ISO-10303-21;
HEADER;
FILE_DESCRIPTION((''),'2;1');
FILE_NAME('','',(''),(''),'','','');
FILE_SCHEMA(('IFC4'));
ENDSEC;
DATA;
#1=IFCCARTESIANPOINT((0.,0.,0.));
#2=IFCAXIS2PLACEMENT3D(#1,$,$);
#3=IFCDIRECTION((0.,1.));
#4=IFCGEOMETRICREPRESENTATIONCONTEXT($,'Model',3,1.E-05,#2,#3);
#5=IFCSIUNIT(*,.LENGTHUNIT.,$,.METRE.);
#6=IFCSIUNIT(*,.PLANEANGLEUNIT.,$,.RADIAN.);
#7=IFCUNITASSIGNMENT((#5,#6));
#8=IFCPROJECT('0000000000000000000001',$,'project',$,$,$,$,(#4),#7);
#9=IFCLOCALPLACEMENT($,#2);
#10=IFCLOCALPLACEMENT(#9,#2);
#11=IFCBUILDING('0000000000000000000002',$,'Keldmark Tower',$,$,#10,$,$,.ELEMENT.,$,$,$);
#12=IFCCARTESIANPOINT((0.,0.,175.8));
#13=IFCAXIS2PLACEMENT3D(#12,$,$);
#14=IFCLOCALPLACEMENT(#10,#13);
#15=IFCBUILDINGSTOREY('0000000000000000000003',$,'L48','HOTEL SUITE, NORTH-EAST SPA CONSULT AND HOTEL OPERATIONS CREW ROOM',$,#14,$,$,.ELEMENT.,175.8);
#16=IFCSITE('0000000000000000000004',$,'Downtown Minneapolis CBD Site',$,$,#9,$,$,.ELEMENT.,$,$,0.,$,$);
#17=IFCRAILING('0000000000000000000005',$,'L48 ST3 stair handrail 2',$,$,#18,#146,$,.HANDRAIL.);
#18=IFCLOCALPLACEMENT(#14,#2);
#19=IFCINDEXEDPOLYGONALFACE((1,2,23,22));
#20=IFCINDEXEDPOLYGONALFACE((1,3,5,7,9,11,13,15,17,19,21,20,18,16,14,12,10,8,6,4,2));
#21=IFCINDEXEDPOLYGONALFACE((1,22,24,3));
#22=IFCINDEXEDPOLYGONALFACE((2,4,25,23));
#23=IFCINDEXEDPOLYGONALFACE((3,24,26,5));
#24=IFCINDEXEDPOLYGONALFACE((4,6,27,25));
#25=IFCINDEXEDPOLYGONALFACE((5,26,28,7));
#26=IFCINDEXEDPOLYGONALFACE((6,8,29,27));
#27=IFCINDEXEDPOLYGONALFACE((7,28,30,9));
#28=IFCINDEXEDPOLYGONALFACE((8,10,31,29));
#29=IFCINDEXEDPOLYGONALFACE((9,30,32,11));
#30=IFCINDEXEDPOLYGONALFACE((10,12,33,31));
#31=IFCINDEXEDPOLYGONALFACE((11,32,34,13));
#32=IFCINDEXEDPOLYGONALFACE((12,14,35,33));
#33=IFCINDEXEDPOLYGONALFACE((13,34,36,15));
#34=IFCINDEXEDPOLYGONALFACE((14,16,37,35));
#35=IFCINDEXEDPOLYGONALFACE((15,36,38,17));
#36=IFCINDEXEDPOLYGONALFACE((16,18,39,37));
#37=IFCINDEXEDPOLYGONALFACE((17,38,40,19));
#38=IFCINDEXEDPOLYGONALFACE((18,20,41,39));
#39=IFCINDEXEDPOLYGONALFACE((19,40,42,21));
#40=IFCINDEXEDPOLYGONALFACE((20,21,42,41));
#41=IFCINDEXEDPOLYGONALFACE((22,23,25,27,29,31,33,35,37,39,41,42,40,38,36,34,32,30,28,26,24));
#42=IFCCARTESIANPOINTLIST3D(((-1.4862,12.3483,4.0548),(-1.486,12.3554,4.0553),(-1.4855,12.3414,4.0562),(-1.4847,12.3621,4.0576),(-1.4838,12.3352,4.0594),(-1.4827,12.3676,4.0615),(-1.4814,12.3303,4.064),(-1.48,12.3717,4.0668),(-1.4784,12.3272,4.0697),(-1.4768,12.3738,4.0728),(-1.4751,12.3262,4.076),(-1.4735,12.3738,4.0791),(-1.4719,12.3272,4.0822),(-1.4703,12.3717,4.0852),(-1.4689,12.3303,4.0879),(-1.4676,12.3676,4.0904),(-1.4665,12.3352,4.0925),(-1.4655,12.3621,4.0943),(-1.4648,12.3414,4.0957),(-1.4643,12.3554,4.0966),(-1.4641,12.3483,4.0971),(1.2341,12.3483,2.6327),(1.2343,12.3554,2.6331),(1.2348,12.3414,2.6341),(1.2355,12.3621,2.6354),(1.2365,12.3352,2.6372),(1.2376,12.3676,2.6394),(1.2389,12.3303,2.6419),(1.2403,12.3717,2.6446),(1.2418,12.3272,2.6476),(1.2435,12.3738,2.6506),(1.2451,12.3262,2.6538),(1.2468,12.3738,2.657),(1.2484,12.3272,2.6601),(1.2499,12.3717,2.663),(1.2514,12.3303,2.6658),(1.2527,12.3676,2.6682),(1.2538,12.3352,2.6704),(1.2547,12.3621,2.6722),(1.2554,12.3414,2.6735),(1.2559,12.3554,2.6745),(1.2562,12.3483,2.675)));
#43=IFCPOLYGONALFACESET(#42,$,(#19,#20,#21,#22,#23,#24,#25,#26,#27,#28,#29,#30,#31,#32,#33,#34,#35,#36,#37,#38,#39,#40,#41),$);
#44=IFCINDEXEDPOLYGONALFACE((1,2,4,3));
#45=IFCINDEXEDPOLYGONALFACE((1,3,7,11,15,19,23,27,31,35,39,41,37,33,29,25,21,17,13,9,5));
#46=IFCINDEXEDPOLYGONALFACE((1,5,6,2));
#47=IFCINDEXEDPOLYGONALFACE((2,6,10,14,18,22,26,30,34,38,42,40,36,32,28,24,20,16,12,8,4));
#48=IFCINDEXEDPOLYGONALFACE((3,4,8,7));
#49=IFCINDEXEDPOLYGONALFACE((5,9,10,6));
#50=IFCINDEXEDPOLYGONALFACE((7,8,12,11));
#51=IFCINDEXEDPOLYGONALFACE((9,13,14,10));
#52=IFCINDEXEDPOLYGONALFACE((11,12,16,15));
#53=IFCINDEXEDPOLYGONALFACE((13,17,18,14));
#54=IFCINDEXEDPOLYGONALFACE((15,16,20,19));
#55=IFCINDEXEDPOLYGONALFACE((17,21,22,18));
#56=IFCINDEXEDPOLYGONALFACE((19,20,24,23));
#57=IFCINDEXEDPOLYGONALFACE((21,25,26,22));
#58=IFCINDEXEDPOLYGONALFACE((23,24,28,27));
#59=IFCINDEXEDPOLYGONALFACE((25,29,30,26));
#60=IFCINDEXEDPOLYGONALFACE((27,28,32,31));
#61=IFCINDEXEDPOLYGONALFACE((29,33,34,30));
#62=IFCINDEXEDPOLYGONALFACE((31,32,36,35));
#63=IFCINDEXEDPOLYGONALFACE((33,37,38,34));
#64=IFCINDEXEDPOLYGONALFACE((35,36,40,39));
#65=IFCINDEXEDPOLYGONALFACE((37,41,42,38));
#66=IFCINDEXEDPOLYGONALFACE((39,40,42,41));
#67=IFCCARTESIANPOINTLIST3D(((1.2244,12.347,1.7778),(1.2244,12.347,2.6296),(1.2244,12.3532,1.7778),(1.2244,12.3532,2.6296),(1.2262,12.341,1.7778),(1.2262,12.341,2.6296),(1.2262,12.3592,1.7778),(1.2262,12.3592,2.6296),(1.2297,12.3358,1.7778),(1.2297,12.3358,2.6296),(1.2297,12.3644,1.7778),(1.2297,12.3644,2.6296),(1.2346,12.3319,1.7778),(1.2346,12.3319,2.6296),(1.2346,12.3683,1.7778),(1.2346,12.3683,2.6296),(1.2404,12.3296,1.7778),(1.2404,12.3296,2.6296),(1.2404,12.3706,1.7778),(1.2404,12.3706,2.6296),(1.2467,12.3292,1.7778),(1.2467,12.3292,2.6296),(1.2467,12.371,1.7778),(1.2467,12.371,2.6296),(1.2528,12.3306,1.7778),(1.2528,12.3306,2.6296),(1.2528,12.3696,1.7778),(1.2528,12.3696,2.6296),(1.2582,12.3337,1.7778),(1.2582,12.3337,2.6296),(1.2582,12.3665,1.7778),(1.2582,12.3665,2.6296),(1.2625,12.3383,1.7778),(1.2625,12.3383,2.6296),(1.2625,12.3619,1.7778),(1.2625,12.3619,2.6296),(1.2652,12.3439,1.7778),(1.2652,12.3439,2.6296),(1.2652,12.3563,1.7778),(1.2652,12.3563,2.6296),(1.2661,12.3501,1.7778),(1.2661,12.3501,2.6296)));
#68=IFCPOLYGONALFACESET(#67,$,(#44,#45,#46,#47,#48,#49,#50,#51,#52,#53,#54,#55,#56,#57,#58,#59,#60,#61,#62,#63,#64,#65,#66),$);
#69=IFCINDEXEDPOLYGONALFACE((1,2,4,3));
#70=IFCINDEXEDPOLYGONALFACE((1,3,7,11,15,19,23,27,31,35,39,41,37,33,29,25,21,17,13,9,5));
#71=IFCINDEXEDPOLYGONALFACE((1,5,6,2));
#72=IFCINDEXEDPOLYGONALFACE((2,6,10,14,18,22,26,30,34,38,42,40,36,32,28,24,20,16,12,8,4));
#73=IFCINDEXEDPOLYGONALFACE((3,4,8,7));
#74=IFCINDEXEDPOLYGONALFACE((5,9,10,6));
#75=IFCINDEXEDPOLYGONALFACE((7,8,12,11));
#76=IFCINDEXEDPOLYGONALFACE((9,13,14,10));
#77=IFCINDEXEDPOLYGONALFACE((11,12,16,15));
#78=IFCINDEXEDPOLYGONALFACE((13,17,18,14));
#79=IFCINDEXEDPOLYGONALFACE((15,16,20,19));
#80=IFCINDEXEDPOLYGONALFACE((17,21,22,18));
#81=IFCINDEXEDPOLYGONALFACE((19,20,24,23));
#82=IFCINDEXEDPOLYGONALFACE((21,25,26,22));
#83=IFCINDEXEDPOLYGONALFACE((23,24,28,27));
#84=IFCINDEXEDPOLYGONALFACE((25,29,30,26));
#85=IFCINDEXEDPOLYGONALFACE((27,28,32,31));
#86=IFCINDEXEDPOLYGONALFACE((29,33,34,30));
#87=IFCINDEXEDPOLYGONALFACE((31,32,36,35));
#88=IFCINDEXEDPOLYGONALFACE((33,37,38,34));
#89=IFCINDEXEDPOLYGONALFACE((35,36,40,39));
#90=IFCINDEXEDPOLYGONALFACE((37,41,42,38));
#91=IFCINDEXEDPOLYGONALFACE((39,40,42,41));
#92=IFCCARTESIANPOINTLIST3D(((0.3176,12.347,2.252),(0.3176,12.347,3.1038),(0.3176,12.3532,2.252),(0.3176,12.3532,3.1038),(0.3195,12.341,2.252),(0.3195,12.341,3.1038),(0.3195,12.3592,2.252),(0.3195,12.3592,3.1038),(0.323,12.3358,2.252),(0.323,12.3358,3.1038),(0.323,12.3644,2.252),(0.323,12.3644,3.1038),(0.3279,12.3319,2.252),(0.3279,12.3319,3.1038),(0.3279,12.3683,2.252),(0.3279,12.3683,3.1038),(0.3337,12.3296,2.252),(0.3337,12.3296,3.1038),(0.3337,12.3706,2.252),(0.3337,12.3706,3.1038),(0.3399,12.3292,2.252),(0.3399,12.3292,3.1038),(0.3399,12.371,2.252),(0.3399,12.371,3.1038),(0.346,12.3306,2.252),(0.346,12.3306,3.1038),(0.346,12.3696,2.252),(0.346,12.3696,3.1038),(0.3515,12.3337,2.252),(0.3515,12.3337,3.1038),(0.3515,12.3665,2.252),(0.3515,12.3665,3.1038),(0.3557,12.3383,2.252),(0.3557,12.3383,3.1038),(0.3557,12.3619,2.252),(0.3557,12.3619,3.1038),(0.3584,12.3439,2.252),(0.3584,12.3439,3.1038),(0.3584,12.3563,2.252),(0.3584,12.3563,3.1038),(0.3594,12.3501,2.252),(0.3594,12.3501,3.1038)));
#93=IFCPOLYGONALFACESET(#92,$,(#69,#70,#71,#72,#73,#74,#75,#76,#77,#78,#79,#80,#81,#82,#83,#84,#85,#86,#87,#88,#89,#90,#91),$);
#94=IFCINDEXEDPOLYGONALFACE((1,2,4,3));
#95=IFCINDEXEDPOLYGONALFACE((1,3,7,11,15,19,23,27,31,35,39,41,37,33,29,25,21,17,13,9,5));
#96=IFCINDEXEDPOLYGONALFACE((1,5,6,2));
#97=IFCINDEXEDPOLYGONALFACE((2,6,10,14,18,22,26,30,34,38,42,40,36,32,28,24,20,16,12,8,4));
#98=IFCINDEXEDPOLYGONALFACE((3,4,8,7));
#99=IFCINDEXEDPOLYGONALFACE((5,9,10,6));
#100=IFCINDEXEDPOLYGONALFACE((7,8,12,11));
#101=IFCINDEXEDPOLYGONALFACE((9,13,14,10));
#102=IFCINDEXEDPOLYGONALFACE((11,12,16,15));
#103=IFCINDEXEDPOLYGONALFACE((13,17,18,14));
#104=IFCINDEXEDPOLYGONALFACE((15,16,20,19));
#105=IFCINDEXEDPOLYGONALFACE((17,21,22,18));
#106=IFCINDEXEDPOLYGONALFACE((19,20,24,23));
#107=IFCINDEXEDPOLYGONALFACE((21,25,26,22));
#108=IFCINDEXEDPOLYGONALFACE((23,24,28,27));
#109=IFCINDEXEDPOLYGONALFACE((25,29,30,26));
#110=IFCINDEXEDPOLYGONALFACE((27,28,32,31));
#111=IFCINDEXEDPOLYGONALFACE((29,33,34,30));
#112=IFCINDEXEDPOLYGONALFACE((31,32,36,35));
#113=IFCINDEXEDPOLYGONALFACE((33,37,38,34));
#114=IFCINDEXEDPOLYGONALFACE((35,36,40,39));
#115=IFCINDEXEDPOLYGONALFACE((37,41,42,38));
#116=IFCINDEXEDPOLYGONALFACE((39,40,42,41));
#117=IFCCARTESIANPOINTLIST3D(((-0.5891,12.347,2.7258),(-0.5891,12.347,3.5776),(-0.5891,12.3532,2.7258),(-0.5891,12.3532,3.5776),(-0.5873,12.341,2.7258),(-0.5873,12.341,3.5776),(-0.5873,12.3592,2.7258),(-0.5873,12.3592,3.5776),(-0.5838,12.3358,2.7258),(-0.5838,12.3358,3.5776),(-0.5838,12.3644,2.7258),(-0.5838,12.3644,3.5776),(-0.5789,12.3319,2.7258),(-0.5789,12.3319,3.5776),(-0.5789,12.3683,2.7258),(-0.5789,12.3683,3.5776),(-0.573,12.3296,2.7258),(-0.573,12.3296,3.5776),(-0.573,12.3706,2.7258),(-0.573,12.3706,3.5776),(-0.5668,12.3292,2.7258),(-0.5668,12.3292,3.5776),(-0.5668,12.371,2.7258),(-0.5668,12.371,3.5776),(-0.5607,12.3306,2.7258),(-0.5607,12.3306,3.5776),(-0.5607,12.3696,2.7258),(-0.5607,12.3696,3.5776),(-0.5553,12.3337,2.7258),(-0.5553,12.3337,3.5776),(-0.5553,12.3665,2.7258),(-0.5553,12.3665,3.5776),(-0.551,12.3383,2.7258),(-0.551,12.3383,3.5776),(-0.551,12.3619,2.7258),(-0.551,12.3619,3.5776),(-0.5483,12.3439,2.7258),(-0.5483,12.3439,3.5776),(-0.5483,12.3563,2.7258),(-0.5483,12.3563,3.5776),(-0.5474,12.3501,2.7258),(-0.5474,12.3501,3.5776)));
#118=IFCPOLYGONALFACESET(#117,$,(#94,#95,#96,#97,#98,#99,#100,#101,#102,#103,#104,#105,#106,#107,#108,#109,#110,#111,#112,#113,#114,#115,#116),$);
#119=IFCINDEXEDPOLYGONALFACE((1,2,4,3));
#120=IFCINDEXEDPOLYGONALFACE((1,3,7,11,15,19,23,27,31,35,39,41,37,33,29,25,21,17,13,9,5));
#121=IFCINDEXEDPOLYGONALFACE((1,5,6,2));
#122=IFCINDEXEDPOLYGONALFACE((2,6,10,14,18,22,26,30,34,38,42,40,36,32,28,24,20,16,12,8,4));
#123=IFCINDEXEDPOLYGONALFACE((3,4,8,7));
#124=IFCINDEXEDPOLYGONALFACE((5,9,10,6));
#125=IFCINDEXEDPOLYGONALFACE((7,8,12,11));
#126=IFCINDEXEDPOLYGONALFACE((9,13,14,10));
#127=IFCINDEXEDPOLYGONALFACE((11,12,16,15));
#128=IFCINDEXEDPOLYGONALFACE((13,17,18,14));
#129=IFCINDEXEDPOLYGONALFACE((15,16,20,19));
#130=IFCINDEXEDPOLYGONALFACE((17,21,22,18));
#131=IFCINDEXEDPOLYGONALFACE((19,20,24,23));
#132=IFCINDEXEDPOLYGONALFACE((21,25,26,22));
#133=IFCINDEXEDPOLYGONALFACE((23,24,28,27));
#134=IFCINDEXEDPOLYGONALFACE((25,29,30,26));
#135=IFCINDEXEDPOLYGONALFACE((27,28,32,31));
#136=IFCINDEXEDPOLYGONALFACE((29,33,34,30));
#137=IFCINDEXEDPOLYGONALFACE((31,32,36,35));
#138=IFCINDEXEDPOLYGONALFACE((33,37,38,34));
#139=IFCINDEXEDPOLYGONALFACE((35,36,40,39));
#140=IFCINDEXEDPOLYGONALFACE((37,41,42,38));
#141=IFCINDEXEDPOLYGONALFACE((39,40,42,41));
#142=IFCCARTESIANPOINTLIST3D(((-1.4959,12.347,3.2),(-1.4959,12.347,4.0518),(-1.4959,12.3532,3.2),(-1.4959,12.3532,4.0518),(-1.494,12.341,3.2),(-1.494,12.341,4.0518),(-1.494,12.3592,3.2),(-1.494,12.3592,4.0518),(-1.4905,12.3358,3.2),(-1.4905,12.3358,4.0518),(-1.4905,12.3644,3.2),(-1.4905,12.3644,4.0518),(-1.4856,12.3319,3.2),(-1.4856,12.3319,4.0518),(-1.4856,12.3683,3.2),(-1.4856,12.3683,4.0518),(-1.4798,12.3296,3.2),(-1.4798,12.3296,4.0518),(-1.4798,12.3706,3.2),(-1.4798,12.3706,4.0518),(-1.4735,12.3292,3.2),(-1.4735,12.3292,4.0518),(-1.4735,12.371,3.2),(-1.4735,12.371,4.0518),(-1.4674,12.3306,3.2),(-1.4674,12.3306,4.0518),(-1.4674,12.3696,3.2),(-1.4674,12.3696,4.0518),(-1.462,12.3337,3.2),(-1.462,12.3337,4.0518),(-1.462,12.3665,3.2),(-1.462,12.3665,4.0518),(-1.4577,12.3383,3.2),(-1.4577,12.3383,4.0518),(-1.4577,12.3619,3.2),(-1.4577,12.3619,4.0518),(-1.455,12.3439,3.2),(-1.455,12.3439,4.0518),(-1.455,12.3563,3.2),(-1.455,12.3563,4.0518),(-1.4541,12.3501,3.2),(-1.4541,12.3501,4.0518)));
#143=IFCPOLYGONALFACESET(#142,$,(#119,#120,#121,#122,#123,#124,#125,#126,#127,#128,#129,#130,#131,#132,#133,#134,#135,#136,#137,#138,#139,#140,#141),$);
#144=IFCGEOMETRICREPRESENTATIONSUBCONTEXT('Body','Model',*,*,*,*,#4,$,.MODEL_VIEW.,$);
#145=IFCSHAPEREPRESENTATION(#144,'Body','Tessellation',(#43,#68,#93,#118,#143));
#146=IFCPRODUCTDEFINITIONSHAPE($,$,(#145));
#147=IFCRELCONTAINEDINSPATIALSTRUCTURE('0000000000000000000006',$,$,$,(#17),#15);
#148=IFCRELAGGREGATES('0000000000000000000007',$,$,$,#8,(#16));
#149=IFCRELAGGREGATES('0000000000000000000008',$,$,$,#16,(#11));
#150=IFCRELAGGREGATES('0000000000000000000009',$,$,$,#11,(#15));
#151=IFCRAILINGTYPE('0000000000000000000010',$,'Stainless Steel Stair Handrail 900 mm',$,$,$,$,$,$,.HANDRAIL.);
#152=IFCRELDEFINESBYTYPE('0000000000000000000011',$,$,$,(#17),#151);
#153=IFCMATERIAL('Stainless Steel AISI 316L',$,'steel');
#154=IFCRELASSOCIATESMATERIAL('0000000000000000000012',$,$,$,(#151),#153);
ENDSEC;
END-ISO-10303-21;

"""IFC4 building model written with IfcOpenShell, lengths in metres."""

from ifc_helpers import new_model, si_unit, direction, frame, origin, origin_2d, place, context, subcontext, project, spatial, circle, extrude, material, type_object, element, save


model = new_model("IFC4")

# Units and contexts
model_context = context("Model", 3, precision=1e-05, world=origin(), true_north=direction((0.0, 1.0)))
body_context = subcontext(model_context, "Body", "Model", "MODEL_VIEW")
ifc_project = project(units=[si_unit("LENGTHUNIT", "METRE"), si_unit("PLANEANGLEUNIT", "RADIAN")], contexts=[model_context])

# Site, building, storey
site_placement = place(None, origin())
site = spatial("IfcSite", under=ifc_project, at=site_placement, Name="Downtown Minneapolis CBD Site", CompositionType="ELEMENT", RefElevation=0.0)
building_placement = place(site_placement, origin())
building = spatial("IfcBuilding", under=site, at=building_placement, Name="Keldmark Tower", CompositionType="ELEMENT")
storey_placement = place(building_placement, frame((0.0, 0.0, 175.8)))
storey = spatial("IfcBuildingStorey", under=building, at=storey_placement, Name="L48", Description="HOTEL SUITE, NORTH-EAST SPA CONSULT AND HOTEL OPERATIONS CREW ROOM", CompositionType="ELEMENT", Elevation=175.8)

# Railing
ifc_material_1 = material(Name="Stainless Steel AISI 316L", Category="steel")
railing_type_1 = type_object("IfcRailingType", Name="Stainless Steel Stair Handrail 900 mm", PredefinedType="HANDRAIL", material=ifc_material_1)
railing_1_placement = place(storey_placement, frame((1.2451, 12.3501, 1.7778)))
element("IfcRailing", 1, at=railing_1_placement, inside=storey, type_object=railing_type_1, Name="L48 ST3 stair handrail 2", PredefinedType="HANDRAIL", context=body_context, shape_type="SweptSolid", body=[
    extrude(circle(Radius=0.0239, at=origin_2d()), frame((0.0, 0.0, 0.876), z_axis=(-0.8862, 0.0, 0.463302), x_axis=(0.0, -1.0, 0.0)), (0.0, 0.0, 1.0), 3.0696),
    extrude(circle(Radius=0.021, at=origin_2d()), origin(), (0.0, 0.0, 1.0), 0.8518),
    extrude(circle(Radius=0.021, at=origin_2d()), frame((-0.9067, 0.0, 0.4741)), (0.0, 0.0, 1.0), 0.8518),
    extrude(circle(Radius=0.021, at=origin_2d()), frame((-1.8135, 0.0, 0.948)), (0.0, 0.0, 1.0), 0.8518),
    extrude(circle(Radius=0.021, at=origin_2d()), frame((-2.7202, 0.0, 1.4221)), (0.0, 0.0, 1.0), 0.8518),
])

save(model, "model.ifc")
